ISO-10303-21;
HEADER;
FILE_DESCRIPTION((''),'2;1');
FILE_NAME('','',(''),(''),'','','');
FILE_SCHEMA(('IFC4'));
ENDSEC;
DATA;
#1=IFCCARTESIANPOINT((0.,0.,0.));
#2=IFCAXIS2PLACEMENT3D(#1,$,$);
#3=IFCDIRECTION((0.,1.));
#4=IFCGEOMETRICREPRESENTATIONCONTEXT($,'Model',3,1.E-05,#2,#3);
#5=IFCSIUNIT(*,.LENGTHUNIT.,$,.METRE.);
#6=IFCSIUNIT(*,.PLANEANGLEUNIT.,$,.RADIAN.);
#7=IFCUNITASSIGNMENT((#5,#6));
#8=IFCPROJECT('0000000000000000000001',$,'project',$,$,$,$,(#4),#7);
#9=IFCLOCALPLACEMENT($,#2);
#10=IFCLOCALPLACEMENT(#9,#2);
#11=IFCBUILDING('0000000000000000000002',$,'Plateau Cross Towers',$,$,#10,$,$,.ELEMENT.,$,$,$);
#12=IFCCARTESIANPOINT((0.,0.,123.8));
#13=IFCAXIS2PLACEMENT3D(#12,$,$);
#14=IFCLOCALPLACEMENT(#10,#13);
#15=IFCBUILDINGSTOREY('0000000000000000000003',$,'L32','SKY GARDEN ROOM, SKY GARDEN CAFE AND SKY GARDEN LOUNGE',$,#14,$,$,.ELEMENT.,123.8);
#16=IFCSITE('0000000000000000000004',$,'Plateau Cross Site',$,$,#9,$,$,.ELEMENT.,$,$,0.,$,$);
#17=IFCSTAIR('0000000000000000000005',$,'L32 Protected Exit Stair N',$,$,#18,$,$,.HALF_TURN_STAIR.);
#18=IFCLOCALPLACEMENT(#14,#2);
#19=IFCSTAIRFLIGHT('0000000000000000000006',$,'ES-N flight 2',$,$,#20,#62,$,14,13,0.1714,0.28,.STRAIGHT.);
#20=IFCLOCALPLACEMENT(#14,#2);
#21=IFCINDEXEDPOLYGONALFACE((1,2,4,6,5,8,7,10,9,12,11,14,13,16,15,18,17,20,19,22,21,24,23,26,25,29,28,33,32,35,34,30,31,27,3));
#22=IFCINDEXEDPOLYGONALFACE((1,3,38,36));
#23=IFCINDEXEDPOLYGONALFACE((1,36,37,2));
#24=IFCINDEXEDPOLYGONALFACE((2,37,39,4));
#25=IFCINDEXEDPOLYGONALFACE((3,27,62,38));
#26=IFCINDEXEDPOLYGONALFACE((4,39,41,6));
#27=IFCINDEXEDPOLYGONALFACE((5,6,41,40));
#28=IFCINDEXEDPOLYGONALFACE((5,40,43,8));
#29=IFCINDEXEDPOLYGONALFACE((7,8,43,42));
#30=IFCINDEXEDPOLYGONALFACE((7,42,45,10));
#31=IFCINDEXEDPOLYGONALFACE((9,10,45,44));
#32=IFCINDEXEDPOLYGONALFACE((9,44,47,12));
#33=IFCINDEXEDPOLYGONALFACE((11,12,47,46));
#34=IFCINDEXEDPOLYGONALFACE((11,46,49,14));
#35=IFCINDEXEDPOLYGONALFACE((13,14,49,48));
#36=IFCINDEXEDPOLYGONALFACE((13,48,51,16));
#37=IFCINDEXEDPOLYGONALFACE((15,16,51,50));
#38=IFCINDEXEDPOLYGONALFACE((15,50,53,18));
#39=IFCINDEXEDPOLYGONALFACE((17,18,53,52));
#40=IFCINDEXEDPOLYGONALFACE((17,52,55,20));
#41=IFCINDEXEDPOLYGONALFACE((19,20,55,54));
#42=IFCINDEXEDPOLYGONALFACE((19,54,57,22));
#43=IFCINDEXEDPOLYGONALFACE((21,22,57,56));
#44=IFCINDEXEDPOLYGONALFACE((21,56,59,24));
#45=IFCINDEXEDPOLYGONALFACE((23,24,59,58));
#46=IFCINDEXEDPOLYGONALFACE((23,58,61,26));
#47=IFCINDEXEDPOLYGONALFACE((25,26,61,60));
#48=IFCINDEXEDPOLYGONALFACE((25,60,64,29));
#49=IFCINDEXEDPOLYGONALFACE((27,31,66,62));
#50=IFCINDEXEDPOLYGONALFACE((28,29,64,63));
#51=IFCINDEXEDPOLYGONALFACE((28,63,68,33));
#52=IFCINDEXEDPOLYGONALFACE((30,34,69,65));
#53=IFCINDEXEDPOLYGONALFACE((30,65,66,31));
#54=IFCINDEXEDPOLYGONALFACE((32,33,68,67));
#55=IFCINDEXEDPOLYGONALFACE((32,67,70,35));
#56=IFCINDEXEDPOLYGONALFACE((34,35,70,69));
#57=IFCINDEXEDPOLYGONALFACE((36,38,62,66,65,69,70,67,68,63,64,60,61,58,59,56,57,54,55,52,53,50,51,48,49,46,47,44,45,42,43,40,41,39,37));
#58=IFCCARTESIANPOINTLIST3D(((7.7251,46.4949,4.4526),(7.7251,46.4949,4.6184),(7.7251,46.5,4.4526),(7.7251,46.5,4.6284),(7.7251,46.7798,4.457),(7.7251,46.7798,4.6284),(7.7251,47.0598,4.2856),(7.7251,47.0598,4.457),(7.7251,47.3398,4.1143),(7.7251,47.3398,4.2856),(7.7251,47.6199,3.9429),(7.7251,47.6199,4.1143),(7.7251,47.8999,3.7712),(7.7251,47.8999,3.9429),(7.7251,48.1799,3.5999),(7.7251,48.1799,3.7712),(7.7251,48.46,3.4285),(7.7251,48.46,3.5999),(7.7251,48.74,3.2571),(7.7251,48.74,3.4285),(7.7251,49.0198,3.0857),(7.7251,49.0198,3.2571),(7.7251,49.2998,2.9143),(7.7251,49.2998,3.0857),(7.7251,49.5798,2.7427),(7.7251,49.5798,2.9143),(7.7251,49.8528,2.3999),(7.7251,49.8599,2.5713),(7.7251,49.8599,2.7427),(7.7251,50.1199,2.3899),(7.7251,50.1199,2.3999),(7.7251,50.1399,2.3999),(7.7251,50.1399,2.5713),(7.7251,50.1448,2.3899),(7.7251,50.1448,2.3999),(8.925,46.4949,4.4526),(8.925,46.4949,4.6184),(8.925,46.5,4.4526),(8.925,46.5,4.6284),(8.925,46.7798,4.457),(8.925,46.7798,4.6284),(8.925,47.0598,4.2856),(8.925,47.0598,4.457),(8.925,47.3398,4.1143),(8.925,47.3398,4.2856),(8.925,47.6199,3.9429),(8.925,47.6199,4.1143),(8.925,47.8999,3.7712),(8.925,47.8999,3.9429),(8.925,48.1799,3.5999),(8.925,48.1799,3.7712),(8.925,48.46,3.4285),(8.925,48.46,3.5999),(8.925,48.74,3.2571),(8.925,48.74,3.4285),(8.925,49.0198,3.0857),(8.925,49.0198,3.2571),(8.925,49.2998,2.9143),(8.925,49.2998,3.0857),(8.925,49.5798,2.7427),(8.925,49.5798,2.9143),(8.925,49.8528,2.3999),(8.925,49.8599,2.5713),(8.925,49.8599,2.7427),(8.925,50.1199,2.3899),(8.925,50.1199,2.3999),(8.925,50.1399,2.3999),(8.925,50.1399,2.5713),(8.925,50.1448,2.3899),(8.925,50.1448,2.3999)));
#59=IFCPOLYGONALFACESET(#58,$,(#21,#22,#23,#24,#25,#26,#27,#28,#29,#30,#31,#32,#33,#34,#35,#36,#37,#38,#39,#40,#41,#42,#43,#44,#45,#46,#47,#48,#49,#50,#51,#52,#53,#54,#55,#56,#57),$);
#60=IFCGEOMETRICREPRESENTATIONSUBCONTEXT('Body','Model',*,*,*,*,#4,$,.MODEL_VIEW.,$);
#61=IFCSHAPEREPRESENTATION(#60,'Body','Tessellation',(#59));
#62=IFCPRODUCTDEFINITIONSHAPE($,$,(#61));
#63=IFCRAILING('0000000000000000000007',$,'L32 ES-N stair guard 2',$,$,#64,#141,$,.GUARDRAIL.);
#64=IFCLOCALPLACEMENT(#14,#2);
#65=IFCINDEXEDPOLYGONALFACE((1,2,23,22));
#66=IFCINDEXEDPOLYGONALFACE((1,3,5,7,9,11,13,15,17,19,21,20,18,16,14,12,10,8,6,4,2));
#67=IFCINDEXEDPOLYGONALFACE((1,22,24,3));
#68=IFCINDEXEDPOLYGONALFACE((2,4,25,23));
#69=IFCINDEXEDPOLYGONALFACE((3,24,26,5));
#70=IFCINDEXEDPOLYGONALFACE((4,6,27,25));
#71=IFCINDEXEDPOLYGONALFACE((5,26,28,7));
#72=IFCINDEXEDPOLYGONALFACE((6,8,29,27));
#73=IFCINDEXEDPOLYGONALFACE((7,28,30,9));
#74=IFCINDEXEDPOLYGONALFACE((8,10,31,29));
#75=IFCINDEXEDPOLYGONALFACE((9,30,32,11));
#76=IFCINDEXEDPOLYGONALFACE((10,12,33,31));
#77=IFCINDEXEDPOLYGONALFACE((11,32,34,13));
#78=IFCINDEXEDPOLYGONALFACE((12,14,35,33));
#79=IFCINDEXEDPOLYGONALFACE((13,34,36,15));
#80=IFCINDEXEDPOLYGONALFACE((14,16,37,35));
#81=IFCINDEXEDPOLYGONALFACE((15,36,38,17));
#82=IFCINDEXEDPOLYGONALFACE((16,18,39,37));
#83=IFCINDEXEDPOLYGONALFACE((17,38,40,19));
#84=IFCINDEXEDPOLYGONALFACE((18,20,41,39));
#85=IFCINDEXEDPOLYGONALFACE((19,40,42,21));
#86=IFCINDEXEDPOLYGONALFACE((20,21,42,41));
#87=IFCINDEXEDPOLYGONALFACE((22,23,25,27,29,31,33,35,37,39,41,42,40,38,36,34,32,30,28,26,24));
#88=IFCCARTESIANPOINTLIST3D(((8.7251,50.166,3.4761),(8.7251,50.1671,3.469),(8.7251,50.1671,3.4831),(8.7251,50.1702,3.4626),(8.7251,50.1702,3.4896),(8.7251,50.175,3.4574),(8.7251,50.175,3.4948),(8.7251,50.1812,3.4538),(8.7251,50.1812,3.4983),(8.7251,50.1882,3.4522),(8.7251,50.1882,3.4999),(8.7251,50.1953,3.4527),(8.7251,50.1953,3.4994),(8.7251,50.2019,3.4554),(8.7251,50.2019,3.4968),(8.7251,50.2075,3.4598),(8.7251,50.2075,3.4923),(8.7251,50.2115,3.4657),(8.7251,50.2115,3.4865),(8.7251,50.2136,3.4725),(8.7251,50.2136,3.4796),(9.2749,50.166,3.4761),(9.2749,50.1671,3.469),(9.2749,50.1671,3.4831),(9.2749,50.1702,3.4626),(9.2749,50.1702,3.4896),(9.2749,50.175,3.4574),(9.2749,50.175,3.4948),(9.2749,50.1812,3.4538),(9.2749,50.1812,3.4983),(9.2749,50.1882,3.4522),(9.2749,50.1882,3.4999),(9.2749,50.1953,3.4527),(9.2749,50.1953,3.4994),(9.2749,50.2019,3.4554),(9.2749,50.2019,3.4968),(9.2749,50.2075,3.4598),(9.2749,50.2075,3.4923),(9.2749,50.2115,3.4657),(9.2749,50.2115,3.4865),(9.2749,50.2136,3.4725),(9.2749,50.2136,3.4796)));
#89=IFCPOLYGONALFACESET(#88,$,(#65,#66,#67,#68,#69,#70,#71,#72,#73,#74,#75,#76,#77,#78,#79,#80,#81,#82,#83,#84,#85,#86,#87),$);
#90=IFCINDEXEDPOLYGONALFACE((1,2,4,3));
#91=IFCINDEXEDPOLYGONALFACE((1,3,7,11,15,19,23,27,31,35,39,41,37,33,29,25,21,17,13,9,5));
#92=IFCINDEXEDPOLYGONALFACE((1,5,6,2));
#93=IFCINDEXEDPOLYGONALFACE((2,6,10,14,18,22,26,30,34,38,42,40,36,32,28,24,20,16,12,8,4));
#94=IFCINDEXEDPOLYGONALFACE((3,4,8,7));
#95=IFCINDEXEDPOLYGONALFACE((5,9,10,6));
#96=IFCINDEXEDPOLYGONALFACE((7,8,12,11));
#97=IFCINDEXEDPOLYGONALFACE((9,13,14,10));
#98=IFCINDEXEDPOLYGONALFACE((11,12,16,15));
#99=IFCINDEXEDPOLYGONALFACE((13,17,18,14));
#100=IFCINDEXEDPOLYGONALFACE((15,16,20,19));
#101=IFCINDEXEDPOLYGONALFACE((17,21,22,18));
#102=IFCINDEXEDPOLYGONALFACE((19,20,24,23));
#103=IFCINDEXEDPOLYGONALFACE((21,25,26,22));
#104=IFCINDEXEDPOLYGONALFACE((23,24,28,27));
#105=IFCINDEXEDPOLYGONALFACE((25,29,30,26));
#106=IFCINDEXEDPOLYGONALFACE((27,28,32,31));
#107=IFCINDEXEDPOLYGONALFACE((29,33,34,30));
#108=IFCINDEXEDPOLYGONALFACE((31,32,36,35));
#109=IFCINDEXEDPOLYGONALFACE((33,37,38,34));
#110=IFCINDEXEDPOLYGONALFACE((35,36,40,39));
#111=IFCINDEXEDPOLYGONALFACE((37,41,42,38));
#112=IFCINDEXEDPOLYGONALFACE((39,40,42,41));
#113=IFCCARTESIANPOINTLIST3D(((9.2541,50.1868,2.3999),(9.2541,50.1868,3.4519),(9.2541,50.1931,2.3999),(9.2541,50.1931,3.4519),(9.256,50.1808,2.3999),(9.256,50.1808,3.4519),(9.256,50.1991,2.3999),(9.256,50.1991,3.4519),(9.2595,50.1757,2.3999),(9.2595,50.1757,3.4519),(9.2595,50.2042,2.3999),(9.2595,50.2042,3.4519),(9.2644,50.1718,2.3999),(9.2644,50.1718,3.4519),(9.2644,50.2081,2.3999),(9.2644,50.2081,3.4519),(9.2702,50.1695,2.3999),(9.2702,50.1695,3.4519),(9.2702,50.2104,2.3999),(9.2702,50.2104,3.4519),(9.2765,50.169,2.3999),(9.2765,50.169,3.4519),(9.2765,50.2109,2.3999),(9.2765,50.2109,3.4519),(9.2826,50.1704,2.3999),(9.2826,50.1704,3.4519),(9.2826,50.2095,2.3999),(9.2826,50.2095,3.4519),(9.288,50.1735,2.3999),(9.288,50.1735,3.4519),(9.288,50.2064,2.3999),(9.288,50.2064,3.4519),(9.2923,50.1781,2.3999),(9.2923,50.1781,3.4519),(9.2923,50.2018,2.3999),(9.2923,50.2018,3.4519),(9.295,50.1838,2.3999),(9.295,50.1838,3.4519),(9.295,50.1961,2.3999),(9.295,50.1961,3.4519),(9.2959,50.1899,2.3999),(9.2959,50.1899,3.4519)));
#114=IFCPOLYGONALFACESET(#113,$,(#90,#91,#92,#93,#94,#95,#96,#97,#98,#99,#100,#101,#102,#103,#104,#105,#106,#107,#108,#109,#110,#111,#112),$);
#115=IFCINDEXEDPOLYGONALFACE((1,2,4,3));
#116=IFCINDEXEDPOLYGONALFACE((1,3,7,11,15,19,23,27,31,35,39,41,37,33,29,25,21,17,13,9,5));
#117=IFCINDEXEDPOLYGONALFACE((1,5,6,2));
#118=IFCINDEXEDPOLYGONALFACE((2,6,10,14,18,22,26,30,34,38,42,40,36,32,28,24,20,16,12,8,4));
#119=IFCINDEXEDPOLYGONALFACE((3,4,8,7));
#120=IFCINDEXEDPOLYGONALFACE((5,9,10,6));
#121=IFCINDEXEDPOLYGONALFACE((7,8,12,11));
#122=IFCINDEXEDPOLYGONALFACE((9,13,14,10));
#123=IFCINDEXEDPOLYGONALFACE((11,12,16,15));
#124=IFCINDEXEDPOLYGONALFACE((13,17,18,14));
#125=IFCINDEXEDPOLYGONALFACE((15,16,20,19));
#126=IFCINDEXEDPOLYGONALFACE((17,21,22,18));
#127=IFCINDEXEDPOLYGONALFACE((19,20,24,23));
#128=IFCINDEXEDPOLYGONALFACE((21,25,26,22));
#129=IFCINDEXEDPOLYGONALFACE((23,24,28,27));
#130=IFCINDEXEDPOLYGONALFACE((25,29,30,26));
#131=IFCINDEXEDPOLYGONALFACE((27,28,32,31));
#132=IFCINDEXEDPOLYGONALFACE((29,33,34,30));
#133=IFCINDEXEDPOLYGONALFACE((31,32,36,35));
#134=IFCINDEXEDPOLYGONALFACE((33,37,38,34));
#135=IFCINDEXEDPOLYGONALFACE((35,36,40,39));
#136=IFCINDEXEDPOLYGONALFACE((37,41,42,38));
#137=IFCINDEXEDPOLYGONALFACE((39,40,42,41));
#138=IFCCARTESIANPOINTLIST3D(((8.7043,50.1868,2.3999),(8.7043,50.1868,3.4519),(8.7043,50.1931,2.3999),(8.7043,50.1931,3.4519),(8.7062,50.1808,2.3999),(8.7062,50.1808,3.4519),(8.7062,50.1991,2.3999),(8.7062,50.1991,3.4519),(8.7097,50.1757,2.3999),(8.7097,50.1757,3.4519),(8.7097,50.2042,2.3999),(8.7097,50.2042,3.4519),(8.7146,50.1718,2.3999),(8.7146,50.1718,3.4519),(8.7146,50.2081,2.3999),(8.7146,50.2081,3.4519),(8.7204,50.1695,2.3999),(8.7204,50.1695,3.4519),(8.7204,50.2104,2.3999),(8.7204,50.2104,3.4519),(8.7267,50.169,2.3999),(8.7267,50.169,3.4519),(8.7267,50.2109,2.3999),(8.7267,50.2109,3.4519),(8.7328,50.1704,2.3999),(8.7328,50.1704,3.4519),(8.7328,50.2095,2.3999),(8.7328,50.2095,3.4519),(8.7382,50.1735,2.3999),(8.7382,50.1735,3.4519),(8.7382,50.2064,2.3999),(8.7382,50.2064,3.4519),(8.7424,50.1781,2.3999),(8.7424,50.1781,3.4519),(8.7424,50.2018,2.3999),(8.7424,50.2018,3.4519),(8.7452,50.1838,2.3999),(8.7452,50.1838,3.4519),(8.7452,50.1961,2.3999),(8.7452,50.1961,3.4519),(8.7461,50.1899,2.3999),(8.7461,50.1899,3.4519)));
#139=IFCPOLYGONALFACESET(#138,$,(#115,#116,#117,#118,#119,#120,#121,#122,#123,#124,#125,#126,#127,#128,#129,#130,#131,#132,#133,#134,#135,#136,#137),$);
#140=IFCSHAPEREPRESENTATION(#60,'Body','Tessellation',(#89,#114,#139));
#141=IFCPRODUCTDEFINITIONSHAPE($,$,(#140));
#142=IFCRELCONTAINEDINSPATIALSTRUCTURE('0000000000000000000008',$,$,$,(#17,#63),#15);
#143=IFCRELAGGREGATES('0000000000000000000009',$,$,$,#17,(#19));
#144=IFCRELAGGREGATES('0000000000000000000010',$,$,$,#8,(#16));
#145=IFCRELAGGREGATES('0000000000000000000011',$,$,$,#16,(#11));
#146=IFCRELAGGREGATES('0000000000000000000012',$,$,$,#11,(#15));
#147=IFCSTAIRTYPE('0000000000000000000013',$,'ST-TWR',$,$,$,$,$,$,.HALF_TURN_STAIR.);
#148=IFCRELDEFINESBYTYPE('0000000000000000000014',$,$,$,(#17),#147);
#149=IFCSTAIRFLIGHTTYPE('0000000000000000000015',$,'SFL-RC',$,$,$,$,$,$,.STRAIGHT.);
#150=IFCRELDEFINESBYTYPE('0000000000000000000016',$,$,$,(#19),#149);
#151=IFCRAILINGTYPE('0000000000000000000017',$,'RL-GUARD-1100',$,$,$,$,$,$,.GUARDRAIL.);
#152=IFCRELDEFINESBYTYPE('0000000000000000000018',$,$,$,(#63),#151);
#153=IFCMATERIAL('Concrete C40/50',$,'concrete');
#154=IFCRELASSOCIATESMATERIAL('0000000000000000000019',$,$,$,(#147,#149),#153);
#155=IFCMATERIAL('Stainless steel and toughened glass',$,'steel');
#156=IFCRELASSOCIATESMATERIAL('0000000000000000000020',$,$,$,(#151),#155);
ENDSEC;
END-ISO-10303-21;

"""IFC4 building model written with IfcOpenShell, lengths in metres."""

from ifc_helpers import new_model, si_unit, direction, frame, origin, origin_2d, place, context, subcontext, project, spatial, polyline, circle, outline, extrude, material, type_object, element, aggregate, save


model = new_model("IFC4")

# Units and contexts
model_context = context("Model", 3, precision=1e-05, world=origin(), true_north=direction((0.0, 1.0)))
body_context = subcontext(model_context, "Body", "Model", "MODEL_VIEW")
ifc_project = project(units=[si_unit("LENGTHUNIT", "METRE"), si_unit("PLANEANGLEUNIT", "RADIAN")], contexts=[model_context])

# Site, building, storey
site_placement = place(None, origin())
site = spatial("IfcSite", under=ifc_project, at=site_placement, Name="Plateau Cross Site", CompositionType="ELEMENT", RefElevation=0.0)
building_placement = place(site_placement, origin())
building = spatial("IfcBuilding", under=site, at=building_placement, Name="Plateau Cross Towers", CompositionType="ELEMENT")
storey_placement = place(building_placement, frame((0.0, 0.0, 123.8)))
storey = spatial("IfcBuildingStorey", under=building, at=storey_placement, Name="L32", Description="SKY GARDEN ROOM, SKY GARDEN CAFE AND SKY GARDEN LOUNGE", CompositionType="ELEMENT", Elevation=123.8)

# Stair, stair flight
ifc_material_1 = material(Name="Concrete C40/50", Category="concrete")
stair_type = type_object("IfcStairType", Name="ST-TWR", PredefinedType="HALF_TURN_STAIR", material=ifc_material_1)
stair_placement = place(storey_placement, origin())
stair = element("IfcStair", 1, at=stair_placement, inside=storey, type_object=stair_type, Name="L32 Protected Exit Stair N", PredefinedType="HALF_TURN_STAIR")
stair_flight_type = type_object("IfcStairFlightType", Name="SFL-RC", PredefinedType="STRAIGHT", material=ifc_material_1)
stair_flight_placement = place(storey_placement, frame((8.325, 50.1399, 2.3999), z_axis=(0.0, 0.0, 1.0), x_axis=(0.0, -1.0, 0.0)))
stair_flight = element("IfcStairFlight", 2, at=stair_flight_placement, type_object=stair_flight_type, Name="ES-N flight 2", NumberOfRisers=14, NumberOfTreads=13, PredefinedType="STRAIGHT", RiserHeight=0.1714, TreadLength=0.28, context=body_context, shape_type="SweptSolid", body=[
    extrude(outline(polyline([(-0.0049, -0.01), (-0.0049, 0.0), (0.0, 0.0), (0.0, 0.1714), (0.28, 0.1714), (0.28, 0.3428), (0.5601, 0.3428), (0.5601, 0.5144), (0.8401, 0.5144), (0.8401, 0.6858), (1.1201, 0.6858), (1.1201, 0.8572), (1.3999, 0.8572), (1.3999, 1.0286), (1.6799, 1.0286), (1.6799, 1.2), (1.96, 1.2), (1.96, 1.3713), (2.24, 1.3713), (2.24, 1.543), (2.52, 1.543), (2.52, 1.7144), (2.8, 1.7144), (2.8, 1.8857), (3.0801, 1.8857), (3.0801, 2.0571), (3.3601, 2.0571), (3.3601, 2.2285), (3.6399, 2.2285), (3.645, 2.2185), (3.645, 2.0527), (3.6399, 2.0527), (0.2871, 0.0), (0.02, 0.0), (0.02, -0.01), (-0.0049, -0.01)])), frame((0.0, 0.6001, 0.0), z_axis=(0.0, -1.0, 0.0), x_axis=(1.0, 0.0, 0.0)), (0.0, 0.0, 1.0), 1.2),
])
aggregate(stair, [stair_flight])

# Railing
ifc_material_2 = material(Name="Stainless steel and toughened glass", Category="steel")
railing_type_1 = type_object("IfcRailingType", Name="RL-GUARD-1100", PredefinedType="GUARDRAIL", material=ifc_material_2)
railing_1_placement = place(storey_placement, frame((9.2749, 50.1899, 2.3999)))
element("IfcRailing", 3, at=railing_1_placement, inside=storey, type_object=railing_type_1, Name="L32 ES-N stair guard 2", PredefinedType="GUARDRAIL", context=body_context, shape_type="SweptSolid", body=[
    extrude(circle(Radius=0.0239, at=origin_2d()), frame((0.0, 0.0, 1.0762), z_axis=(-1.0, 0.0, 0.0), x_axis=(0.0, -1.0, 0.0)), (0.0, 0.0, 1.0), 0.5498),
    extrude(circle(Radius=0.021, at=origin_2d()), origin(), (0.0, 0.0, 1.0), 1.052),
    extrude(circle(Radius=0.021, at=origin_2d()), frame((-0.5498, 0.0, 0.0)), (0.0, 0.0, 1.0), 1.052),
])

save(model, "model.ifc")
